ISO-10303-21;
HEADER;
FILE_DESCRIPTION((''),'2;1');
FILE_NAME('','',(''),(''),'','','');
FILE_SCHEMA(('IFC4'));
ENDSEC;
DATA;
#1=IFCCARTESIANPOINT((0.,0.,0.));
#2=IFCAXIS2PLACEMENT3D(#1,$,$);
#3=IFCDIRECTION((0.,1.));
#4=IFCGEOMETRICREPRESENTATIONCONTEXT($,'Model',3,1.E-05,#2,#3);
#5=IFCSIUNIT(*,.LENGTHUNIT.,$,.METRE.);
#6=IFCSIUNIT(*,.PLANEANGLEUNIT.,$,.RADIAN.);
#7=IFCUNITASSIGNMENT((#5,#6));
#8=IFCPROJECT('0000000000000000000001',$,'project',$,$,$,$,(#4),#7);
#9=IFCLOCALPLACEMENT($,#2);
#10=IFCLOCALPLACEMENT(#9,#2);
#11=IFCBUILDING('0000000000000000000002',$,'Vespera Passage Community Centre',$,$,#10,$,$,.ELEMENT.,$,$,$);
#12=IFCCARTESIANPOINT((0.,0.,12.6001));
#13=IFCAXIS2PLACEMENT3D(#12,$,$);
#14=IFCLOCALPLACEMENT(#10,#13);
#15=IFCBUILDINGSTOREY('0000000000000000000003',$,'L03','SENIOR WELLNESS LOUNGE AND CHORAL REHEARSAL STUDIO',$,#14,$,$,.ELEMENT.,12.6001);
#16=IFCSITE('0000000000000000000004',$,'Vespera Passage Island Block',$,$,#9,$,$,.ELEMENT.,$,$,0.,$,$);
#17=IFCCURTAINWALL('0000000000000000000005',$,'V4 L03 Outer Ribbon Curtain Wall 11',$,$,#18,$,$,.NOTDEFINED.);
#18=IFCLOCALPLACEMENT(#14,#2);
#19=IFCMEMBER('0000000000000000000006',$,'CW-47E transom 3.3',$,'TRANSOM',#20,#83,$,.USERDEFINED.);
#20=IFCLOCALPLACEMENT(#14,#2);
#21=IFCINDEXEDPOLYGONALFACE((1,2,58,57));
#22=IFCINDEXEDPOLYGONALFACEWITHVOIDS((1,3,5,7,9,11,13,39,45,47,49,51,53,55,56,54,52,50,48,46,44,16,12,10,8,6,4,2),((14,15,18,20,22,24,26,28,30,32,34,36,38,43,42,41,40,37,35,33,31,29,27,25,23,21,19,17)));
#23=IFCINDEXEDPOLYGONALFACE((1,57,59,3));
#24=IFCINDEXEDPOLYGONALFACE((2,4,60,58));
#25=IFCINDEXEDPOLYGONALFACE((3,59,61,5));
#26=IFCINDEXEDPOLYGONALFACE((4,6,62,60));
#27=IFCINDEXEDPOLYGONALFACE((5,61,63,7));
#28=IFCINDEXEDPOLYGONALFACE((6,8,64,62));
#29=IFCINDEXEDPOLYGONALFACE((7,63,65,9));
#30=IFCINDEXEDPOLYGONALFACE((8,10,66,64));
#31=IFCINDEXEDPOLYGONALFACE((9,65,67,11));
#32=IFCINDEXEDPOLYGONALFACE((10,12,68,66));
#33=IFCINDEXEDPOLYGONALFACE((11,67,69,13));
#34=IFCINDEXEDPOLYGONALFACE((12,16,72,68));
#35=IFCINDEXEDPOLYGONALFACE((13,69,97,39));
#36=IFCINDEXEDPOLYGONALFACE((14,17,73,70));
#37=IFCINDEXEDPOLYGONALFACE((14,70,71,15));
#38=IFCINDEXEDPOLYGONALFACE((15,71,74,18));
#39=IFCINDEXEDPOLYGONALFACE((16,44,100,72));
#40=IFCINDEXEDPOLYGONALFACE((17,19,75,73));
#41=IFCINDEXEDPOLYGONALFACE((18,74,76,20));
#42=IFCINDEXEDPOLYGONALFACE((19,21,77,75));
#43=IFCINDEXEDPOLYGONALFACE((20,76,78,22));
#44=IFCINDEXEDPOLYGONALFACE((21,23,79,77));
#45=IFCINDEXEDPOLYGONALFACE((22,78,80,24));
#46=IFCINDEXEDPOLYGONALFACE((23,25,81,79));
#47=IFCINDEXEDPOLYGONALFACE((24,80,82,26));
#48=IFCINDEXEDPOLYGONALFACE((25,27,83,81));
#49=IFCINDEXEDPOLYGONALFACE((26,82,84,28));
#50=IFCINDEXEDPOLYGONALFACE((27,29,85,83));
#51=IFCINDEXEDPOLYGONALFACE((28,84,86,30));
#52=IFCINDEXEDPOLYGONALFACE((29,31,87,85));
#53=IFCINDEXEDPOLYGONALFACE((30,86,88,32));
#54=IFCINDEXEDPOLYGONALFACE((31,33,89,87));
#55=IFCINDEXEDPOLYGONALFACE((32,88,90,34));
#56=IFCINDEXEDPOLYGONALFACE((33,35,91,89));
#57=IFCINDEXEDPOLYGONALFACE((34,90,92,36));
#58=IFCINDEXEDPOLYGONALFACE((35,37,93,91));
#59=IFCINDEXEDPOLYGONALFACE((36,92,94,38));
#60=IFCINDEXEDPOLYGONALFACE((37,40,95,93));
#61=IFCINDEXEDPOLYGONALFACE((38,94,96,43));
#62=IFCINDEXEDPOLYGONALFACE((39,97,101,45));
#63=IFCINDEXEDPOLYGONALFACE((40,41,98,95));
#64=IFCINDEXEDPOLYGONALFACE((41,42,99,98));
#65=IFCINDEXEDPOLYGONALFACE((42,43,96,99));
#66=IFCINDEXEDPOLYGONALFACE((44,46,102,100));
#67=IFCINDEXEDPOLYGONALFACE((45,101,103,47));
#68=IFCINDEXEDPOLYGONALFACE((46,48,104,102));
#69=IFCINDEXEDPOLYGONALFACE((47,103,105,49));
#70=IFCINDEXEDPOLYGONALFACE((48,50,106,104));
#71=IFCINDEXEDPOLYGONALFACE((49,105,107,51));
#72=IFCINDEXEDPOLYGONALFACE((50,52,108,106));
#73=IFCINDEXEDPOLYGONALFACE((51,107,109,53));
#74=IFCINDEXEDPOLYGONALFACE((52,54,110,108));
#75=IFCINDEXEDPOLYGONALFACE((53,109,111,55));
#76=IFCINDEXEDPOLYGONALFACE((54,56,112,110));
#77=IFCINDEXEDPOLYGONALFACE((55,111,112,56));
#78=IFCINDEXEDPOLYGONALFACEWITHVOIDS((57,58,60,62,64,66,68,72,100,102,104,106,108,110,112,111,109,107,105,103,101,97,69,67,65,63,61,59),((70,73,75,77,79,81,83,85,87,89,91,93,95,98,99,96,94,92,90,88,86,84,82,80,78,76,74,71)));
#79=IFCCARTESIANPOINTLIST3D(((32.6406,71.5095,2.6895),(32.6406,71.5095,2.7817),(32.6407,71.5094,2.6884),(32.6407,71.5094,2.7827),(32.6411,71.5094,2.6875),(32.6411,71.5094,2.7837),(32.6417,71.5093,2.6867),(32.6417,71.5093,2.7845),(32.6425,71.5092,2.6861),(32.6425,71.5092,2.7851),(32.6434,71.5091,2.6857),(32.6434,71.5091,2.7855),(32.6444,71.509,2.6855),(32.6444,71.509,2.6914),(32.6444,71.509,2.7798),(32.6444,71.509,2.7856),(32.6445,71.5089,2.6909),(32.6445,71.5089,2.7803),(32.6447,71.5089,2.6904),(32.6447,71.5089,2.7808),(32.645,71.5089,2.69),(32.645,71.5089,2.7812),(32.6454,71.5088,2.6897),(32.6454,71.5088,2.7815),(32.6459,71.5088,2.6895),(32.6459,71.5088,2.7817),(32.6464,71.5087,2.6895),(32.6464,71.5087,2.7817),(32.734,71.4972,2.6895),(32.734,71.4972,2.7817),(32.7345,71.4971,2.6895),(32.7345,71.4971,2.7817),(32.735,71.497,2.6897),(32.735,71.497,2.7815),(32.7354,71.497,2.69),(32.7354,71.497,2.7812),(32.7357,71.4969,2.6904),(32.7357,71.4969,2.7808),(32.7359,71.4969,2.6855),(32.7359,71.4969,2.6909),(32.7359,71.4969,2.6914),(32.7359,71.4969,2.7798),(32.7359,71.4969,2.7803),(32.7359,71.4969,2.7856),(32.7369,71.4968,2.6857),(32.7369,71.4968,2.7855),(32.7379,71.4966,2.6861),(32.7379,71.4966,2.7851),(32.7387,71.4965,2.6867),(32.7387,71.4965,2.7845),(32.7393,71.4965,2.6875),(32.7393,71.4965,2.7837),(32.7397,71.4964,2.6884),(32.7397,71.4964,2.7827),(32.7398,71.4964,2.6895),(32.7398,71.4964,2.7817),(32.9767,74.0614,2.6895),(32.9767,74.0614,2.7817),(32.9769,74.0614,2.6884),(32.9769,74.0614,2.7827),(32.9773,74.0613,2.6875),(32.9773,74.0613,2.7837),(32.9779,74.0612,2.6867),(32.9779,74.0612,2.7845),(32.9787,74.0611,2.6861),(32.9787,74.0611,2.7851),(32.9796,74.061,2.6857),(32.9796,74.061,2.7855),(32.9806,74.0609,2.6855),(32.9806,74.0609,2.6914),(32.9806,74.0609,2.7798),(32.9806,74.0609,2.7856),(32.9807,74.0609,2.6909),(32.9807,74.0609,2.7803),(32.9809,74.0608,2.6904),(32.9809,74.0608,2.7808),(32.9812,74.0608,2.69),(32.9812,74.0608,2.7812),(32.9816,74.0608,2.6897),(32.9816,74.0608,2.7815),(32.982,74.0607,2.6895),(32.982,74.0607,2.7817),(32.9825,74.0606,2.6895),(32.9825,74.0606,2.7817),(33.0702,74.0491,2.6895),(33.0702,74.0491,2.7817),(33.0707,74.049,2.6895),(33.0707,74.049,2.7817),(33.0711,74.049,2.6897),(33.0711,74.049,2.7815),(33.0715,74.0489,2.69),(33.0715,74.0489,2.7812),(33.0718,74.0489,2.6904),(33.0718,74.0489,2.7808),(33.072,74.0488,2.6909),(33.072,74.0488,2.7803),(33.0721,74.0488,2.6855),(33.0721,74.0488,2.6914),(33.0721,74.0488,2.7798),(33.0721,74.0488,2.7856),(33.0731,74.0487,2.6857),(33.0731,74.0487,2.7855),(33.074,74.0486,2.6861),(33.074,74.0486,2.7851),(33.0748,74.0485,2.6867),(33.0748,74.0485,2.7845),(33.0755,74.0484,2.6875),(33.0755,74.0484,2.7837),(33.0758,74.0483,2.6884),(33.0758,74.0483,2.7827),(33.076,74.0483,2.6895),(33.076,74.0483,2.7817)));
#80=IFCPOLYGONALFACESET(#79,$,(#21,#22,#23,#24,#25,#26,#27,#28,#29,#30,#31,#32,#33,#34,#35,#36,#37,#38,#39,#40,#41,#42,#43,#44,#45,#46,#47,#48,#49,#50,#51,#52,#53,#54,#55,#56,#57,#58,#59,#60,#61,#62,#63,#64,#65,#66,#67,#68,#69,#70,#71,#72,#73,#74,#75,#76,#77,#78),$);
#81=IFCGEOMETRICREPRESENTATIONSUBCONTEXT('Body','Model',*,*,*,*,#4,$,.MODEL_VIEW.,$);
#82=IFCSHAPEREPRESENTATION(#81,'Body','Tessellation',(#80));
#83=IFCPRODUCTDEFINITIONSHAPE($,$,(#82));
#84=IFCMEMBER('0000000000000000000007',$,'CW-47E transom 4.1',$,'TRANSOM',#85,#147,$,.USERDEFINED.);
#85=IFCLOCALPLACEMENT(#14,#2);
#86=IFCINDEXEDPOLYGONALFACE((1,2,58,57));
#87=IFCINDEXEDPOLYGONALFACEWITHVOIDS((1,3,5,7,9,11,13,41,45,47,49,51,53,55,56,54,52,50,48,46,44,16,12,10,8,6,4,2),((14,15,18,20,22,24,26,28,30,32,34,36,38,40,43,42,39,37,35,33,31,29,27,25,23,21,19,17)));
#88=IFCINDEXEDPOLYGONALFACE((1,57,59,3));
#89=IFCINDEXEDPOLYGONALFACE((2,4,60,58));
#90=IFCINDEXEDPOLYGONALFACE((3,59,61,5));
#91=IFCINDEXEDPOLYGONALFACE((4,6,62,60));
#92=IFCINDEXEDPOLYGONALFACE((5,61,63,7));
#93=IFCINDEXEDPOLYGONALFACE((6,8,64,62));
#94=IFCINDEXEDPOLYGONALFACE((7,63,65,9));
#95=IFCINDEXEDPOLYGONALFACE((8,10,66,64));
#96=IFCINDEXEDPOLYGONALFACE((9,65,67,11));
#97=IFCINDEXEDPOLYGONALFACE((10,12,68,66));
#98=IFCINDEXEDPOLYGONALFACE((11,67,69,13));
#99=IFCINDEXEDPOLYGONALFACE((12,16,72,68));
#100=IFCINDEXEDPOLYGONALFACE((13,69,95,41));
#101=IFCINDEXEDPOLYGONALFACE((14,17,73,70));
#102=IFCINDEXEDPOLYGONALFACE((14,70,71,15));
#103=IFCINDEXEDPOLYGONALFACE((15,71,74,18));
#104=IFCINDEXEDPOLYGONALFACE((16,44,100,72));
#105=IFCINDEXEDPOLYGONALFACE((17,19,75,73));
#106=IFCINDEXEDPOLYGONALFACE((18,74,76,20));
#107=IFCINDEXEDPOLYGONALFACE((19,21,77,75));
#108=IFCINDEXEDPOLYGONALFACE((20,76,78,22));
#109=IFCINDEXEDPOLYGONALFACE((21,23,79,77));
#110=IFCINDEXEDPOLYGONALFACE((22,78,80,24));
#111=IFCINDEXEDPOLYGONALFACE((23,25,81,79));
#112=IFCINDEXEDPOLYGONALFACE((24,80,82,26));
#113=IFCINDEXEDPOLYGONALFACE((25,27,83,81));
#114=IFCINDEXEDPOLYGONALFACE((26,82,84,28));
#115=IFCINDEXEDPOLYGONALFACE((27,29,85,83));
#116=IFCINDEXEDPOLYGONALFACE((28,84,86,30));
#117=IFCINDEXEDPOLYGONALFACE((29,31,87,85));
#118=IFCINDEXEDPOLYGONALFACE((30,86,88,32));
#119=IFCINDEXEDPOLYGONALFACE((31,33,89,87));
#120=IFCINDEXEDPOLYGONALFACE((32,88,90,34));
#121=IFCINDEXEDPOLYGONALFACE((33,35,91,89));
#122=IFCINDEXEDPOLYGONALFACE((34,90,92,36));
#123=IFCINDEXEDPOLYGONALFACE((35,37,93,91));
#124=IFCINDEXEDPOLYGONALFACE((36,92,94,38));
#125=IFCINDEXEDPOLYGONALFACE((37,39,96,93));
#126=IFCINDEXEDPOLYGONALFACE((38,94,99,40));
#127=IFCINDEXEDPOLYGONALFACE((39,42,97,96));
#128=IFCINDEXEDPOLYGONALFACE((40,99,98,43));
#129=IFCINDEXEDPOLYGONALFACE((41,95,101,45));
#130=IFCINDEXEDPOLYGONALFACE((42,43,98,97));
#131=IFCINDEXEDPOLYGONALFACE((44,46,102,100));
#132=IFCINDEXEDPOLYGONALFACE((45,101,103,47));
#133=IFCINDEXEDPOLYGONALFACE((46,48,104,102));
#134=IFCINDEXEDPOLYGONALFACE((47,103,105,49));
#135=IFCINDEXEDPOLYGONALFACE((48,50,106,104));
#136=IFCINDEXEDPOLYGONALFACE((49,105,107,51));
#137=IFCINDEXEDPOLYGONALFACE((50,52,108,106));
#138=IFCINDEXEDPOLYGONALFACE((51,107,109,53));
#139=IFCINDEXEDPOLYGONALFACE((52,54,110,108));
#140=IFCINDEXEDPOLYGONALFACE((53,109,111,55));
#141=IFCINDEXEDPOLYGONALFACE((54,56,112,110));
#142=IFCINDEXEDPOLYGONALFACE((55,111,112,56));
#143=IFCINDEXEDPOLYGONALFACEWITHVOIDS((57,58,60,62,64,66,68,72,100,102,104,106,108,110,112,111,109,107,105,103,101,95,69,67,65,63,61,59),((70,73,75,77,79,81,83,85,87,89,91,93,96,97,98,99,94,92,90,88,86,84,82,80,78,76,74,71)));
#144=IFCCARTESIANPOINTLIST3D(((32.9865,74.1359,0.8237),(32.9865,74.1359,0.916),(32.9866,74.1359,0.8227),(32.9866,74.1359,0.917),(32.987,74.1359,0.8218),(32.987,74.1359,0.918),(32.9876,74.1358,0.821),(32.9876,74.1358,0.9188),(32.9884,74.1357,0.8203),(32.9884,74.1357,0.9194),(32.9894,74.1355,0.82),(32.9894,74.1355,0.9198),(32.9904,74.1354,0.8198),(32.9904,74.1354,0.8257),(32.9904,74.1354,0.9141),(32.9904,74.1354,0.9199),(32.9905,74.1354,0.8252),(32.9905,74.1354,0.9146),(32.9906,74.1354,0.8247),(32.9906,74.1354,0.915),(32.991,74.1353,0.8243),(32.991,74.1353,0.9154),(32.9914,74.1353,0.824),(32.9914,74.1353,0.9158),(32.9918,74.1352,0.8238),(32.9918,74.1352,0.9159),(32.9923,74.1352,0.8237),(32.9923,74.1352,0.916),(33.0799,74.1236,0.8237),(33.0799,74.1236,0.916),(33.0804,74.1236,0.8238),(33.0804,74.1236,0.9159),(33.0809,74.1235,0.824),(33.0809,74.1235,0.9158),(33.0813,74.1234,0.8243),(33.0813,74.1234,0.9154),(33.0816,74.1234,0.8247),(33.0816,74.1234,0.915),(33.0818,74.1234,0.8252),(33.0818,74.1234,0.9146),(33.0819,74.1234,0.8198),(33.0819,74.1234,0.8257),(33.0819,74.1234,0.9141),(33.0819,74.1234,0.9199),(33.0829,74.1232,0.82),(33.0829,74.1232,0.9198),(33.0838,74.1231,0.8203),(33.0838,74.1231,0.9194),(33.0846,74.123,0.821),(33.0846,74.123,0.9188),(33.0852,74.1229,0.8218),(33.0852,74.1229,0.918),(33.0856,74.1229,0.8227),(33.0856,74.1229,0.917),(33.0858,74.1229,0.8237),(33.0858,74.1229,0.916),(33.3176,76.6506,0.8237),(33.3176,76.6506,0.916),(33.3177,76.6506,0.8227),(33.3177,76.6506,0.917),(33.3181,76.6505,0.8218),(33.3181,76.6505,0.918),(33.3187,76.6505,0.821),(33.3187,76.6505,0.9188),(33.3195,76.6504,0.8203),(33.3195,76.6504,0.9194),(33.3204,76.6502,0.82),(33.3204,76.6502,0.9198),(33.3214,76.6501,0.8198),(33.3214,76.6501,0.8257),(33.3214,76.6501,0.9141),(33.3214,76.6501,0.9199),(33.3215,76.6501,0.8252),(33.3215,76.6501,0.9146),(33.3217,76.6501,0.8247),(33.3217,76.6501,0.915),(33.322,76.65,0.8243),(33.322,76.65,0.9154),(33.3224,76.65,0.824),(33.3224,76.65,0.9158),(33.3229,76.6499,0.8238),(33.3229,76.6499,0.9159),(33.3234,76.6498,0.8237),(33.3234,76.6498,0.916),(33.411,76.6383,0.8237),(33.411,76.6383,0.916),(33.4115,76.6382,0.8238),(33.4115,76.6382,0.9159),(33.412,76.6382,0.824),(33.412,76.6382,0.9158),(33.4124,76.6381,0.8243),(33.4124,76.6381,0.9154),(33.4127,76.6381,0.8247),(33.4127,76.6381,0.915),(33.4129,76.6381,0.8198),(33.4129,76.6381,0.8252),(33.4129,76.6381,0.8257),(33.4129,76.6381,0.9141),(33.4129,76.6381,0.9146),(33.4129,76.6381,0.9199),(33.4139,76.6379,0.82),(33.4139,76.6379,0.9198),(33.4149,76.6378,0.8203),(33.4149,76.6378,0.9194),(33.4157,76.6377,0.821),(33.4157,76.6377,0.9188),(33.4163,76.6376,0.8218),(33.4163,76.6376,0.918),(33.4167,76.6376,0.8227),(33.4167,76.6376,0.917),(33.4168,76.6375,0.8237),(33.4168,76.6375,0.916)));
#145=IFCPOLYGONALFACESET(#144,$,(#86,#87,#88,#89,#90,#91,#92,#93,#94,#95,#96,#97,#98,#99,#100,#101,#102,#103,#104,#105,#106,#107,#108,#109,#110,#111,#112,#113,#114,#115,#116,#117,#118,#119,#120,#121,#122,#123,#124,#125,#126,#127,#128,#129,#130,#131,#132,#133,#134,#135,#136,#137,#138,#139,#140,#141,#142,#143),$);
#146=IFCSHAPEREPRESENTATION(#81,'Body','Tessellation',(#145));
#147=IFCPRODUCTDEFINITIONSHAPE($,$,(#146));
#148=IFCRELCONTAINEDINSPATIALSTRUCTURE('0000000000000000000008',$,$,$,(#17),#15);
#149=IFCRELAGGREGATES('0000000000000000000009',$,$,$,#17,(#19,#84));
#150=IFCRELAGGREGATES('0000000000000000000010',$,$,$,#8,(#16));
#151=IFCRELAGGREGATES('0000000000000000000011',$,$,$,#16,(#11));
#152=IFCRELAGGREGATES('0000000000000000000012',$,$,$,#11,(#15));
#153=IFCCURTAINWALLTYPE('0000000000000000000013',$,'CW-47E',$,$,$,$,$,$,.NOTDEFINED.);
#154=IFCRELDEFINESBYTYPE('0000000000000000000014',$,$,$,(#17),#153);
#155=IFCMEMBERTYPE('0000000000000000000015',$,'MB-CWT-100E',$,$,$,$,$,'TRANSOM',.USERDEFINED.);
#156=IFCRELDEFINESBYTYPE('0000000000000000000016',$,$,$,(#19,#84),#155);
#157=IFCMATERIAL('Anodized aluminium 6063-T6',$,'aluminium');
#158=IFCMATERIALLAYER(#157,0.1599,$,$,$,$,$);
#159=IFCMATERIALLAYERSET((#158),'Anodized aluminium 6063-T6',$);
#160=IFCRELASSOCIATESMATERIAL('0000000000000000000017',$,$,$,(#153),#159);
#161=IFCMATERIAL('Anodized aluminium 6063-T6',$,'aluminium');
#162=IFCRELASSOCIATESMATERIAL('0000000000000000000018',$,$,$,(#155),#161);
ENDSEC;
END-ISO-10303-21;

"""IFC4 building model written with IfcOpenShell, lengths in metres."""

from ifc_helpers import new_model, si_unit, direction, frame, origin, origin_2d, place, context, subcontext, project, spatial, hollow_rectangle, extrude, material, layer, layer_set, material_profile, profile_set, type_object, element, aggregate, save


model = new_model("IFC4")

# Units and contexts
model_context = context("Model", 3, precision=1e-05, world=origin(), true_north=direction((0.0, 1.0)))
body_context = subcontext(model_context, "Body", "Model", "MODEL_VIEW")
ifc_project = project(units=[si_unit("LENGTHUNIT", "METRE"), si_unit("PLANEANGLEUNIT", "RADIAN")], contexts=[model_context])

# Site, building, storey
site_placement = place(None, origin())
site = spatial("IfcSite", under=ifc_project, at=site_placement, Name="Vespera Passage Island Block", CompositionType="ELEMENT", RefElevation=0.0)
building_placement = place(site_placement, origin())
building = spatial("IfcBuilding", under=site, at=building_placement, Name="Vespera Passage Community Centre", CompositionType="ELEMENT")
storey_placement = place(building_placement, frame((0.0, 0.0, 12.6001)))
storey = spatial("IfcBuildingStorey", under=building, at=storey_placement, Name="L03", Description="SENIOR WELLNESS LOUNGE AND CHORAL REHEARSAL STUDIO", CompositionType="ELEMENT", Elevation=12.6001)

# Curtain wall, members
ifc_material_1 = material(Name="Anodized aluminium 6063-T6", Category="aluminium")
ifc_layer_1 = layer(ifc_material_1, 0.1599)
ifc_layer_set_1 = layer_set([ifc_layer_1], Name="Anodized aluminium 6063-T6")
curtain_wall_type_1 = type_object("IfcCurtainWallType", Name="CW-47E", PredefinedType="NOTDEFINED", material=ifc_layer_set_1)
curtain_wall_1_placement = place(storey_placement, origin())
curtain_wall_1 = element("IfcCurtainWall", 1, at=curtain_wall_1_placement, inside=storey, type_object=curtain_wall_type_1, Name="V4 L03 Outer Ribbon Curtain Wall 11", PredefinedType="NOTDEFINED")
ifc_material_2 = material(Name="Anodized aluminium 6063-T6", Category="aluminium")
ifc_material_profile_1 = material_profile(ifc_material_2, hollow_rectangle(XDim=0.1001, YDim=0.1001, WallThickness=0.0039, InnerFilletRadius=0.002, OuterFilletRadius=0.0039, at=origin_2d()), Name="ALU100X100X4")
ifc_profile_set_1 = profile_set([ifc_material_profile_1], Name="Anodized aluminium 6063-T6")
member_type_1 = type_object("IfcMemberType", Name="MB-CWT-100E", ElementType="TRANSOM", PredefinedType="USERDEFINED", material=ifc_profile_set_1)
member_1_placement = place(storey_placement, frame((32.6902, 71.5029, 2.7356), z_axis=(0.130604, 0.991435, 0.0), x_axis=(-0.991435, 0.130604, 0.0)))
member_1 = element("IfcMember", 2, at=member_1_placement, type_object=member_type_1, Name="CW-47E transom 3.3", ObjectType="TRANSOM", PredefinedType="USERDEFINED", context=body_context, shape_type="SweptSolid", body=[
    extrude(hollow_rectangle(XDim=0.1001, YDim=0.1001, WallThickness=0.0039, InnerFilletRadius=0.002, OuterFilletRadius=0.0039, at=origin_2d()), origin(), (0.0, 0.0, 1.0), 2.574),
])
member_2_placement = place(storey_placement, frame((33.0361, 74.1294, 0.8699), z_axis=(0.130524, 0.991445, 0.0), x_axis=(-0.991445, 0.130524, 0.0)))
member_2 = element("IfcMember", 3, at=member_2_placement, type_object=member_type_1, Name="CW-47E transom 4.1", ObjectType="TRANSOM", PredefinedType="USERDEFINED", context=body_context, shape_type="SweptSolid", body=[
    extrude(hollow_rectangle(XDim=0.1001, YDim=0.1001, WallThickness=0.0039, InnerFilletRadius=0.002, OuterFilletRadius=0.0039, at=origin_2d()), origin(), (0.0, 0.0, 1.0), 2.5364),
])

aggregate(curtain_wall_1, [member_1, member_2])

save(model, "model.ifc")
